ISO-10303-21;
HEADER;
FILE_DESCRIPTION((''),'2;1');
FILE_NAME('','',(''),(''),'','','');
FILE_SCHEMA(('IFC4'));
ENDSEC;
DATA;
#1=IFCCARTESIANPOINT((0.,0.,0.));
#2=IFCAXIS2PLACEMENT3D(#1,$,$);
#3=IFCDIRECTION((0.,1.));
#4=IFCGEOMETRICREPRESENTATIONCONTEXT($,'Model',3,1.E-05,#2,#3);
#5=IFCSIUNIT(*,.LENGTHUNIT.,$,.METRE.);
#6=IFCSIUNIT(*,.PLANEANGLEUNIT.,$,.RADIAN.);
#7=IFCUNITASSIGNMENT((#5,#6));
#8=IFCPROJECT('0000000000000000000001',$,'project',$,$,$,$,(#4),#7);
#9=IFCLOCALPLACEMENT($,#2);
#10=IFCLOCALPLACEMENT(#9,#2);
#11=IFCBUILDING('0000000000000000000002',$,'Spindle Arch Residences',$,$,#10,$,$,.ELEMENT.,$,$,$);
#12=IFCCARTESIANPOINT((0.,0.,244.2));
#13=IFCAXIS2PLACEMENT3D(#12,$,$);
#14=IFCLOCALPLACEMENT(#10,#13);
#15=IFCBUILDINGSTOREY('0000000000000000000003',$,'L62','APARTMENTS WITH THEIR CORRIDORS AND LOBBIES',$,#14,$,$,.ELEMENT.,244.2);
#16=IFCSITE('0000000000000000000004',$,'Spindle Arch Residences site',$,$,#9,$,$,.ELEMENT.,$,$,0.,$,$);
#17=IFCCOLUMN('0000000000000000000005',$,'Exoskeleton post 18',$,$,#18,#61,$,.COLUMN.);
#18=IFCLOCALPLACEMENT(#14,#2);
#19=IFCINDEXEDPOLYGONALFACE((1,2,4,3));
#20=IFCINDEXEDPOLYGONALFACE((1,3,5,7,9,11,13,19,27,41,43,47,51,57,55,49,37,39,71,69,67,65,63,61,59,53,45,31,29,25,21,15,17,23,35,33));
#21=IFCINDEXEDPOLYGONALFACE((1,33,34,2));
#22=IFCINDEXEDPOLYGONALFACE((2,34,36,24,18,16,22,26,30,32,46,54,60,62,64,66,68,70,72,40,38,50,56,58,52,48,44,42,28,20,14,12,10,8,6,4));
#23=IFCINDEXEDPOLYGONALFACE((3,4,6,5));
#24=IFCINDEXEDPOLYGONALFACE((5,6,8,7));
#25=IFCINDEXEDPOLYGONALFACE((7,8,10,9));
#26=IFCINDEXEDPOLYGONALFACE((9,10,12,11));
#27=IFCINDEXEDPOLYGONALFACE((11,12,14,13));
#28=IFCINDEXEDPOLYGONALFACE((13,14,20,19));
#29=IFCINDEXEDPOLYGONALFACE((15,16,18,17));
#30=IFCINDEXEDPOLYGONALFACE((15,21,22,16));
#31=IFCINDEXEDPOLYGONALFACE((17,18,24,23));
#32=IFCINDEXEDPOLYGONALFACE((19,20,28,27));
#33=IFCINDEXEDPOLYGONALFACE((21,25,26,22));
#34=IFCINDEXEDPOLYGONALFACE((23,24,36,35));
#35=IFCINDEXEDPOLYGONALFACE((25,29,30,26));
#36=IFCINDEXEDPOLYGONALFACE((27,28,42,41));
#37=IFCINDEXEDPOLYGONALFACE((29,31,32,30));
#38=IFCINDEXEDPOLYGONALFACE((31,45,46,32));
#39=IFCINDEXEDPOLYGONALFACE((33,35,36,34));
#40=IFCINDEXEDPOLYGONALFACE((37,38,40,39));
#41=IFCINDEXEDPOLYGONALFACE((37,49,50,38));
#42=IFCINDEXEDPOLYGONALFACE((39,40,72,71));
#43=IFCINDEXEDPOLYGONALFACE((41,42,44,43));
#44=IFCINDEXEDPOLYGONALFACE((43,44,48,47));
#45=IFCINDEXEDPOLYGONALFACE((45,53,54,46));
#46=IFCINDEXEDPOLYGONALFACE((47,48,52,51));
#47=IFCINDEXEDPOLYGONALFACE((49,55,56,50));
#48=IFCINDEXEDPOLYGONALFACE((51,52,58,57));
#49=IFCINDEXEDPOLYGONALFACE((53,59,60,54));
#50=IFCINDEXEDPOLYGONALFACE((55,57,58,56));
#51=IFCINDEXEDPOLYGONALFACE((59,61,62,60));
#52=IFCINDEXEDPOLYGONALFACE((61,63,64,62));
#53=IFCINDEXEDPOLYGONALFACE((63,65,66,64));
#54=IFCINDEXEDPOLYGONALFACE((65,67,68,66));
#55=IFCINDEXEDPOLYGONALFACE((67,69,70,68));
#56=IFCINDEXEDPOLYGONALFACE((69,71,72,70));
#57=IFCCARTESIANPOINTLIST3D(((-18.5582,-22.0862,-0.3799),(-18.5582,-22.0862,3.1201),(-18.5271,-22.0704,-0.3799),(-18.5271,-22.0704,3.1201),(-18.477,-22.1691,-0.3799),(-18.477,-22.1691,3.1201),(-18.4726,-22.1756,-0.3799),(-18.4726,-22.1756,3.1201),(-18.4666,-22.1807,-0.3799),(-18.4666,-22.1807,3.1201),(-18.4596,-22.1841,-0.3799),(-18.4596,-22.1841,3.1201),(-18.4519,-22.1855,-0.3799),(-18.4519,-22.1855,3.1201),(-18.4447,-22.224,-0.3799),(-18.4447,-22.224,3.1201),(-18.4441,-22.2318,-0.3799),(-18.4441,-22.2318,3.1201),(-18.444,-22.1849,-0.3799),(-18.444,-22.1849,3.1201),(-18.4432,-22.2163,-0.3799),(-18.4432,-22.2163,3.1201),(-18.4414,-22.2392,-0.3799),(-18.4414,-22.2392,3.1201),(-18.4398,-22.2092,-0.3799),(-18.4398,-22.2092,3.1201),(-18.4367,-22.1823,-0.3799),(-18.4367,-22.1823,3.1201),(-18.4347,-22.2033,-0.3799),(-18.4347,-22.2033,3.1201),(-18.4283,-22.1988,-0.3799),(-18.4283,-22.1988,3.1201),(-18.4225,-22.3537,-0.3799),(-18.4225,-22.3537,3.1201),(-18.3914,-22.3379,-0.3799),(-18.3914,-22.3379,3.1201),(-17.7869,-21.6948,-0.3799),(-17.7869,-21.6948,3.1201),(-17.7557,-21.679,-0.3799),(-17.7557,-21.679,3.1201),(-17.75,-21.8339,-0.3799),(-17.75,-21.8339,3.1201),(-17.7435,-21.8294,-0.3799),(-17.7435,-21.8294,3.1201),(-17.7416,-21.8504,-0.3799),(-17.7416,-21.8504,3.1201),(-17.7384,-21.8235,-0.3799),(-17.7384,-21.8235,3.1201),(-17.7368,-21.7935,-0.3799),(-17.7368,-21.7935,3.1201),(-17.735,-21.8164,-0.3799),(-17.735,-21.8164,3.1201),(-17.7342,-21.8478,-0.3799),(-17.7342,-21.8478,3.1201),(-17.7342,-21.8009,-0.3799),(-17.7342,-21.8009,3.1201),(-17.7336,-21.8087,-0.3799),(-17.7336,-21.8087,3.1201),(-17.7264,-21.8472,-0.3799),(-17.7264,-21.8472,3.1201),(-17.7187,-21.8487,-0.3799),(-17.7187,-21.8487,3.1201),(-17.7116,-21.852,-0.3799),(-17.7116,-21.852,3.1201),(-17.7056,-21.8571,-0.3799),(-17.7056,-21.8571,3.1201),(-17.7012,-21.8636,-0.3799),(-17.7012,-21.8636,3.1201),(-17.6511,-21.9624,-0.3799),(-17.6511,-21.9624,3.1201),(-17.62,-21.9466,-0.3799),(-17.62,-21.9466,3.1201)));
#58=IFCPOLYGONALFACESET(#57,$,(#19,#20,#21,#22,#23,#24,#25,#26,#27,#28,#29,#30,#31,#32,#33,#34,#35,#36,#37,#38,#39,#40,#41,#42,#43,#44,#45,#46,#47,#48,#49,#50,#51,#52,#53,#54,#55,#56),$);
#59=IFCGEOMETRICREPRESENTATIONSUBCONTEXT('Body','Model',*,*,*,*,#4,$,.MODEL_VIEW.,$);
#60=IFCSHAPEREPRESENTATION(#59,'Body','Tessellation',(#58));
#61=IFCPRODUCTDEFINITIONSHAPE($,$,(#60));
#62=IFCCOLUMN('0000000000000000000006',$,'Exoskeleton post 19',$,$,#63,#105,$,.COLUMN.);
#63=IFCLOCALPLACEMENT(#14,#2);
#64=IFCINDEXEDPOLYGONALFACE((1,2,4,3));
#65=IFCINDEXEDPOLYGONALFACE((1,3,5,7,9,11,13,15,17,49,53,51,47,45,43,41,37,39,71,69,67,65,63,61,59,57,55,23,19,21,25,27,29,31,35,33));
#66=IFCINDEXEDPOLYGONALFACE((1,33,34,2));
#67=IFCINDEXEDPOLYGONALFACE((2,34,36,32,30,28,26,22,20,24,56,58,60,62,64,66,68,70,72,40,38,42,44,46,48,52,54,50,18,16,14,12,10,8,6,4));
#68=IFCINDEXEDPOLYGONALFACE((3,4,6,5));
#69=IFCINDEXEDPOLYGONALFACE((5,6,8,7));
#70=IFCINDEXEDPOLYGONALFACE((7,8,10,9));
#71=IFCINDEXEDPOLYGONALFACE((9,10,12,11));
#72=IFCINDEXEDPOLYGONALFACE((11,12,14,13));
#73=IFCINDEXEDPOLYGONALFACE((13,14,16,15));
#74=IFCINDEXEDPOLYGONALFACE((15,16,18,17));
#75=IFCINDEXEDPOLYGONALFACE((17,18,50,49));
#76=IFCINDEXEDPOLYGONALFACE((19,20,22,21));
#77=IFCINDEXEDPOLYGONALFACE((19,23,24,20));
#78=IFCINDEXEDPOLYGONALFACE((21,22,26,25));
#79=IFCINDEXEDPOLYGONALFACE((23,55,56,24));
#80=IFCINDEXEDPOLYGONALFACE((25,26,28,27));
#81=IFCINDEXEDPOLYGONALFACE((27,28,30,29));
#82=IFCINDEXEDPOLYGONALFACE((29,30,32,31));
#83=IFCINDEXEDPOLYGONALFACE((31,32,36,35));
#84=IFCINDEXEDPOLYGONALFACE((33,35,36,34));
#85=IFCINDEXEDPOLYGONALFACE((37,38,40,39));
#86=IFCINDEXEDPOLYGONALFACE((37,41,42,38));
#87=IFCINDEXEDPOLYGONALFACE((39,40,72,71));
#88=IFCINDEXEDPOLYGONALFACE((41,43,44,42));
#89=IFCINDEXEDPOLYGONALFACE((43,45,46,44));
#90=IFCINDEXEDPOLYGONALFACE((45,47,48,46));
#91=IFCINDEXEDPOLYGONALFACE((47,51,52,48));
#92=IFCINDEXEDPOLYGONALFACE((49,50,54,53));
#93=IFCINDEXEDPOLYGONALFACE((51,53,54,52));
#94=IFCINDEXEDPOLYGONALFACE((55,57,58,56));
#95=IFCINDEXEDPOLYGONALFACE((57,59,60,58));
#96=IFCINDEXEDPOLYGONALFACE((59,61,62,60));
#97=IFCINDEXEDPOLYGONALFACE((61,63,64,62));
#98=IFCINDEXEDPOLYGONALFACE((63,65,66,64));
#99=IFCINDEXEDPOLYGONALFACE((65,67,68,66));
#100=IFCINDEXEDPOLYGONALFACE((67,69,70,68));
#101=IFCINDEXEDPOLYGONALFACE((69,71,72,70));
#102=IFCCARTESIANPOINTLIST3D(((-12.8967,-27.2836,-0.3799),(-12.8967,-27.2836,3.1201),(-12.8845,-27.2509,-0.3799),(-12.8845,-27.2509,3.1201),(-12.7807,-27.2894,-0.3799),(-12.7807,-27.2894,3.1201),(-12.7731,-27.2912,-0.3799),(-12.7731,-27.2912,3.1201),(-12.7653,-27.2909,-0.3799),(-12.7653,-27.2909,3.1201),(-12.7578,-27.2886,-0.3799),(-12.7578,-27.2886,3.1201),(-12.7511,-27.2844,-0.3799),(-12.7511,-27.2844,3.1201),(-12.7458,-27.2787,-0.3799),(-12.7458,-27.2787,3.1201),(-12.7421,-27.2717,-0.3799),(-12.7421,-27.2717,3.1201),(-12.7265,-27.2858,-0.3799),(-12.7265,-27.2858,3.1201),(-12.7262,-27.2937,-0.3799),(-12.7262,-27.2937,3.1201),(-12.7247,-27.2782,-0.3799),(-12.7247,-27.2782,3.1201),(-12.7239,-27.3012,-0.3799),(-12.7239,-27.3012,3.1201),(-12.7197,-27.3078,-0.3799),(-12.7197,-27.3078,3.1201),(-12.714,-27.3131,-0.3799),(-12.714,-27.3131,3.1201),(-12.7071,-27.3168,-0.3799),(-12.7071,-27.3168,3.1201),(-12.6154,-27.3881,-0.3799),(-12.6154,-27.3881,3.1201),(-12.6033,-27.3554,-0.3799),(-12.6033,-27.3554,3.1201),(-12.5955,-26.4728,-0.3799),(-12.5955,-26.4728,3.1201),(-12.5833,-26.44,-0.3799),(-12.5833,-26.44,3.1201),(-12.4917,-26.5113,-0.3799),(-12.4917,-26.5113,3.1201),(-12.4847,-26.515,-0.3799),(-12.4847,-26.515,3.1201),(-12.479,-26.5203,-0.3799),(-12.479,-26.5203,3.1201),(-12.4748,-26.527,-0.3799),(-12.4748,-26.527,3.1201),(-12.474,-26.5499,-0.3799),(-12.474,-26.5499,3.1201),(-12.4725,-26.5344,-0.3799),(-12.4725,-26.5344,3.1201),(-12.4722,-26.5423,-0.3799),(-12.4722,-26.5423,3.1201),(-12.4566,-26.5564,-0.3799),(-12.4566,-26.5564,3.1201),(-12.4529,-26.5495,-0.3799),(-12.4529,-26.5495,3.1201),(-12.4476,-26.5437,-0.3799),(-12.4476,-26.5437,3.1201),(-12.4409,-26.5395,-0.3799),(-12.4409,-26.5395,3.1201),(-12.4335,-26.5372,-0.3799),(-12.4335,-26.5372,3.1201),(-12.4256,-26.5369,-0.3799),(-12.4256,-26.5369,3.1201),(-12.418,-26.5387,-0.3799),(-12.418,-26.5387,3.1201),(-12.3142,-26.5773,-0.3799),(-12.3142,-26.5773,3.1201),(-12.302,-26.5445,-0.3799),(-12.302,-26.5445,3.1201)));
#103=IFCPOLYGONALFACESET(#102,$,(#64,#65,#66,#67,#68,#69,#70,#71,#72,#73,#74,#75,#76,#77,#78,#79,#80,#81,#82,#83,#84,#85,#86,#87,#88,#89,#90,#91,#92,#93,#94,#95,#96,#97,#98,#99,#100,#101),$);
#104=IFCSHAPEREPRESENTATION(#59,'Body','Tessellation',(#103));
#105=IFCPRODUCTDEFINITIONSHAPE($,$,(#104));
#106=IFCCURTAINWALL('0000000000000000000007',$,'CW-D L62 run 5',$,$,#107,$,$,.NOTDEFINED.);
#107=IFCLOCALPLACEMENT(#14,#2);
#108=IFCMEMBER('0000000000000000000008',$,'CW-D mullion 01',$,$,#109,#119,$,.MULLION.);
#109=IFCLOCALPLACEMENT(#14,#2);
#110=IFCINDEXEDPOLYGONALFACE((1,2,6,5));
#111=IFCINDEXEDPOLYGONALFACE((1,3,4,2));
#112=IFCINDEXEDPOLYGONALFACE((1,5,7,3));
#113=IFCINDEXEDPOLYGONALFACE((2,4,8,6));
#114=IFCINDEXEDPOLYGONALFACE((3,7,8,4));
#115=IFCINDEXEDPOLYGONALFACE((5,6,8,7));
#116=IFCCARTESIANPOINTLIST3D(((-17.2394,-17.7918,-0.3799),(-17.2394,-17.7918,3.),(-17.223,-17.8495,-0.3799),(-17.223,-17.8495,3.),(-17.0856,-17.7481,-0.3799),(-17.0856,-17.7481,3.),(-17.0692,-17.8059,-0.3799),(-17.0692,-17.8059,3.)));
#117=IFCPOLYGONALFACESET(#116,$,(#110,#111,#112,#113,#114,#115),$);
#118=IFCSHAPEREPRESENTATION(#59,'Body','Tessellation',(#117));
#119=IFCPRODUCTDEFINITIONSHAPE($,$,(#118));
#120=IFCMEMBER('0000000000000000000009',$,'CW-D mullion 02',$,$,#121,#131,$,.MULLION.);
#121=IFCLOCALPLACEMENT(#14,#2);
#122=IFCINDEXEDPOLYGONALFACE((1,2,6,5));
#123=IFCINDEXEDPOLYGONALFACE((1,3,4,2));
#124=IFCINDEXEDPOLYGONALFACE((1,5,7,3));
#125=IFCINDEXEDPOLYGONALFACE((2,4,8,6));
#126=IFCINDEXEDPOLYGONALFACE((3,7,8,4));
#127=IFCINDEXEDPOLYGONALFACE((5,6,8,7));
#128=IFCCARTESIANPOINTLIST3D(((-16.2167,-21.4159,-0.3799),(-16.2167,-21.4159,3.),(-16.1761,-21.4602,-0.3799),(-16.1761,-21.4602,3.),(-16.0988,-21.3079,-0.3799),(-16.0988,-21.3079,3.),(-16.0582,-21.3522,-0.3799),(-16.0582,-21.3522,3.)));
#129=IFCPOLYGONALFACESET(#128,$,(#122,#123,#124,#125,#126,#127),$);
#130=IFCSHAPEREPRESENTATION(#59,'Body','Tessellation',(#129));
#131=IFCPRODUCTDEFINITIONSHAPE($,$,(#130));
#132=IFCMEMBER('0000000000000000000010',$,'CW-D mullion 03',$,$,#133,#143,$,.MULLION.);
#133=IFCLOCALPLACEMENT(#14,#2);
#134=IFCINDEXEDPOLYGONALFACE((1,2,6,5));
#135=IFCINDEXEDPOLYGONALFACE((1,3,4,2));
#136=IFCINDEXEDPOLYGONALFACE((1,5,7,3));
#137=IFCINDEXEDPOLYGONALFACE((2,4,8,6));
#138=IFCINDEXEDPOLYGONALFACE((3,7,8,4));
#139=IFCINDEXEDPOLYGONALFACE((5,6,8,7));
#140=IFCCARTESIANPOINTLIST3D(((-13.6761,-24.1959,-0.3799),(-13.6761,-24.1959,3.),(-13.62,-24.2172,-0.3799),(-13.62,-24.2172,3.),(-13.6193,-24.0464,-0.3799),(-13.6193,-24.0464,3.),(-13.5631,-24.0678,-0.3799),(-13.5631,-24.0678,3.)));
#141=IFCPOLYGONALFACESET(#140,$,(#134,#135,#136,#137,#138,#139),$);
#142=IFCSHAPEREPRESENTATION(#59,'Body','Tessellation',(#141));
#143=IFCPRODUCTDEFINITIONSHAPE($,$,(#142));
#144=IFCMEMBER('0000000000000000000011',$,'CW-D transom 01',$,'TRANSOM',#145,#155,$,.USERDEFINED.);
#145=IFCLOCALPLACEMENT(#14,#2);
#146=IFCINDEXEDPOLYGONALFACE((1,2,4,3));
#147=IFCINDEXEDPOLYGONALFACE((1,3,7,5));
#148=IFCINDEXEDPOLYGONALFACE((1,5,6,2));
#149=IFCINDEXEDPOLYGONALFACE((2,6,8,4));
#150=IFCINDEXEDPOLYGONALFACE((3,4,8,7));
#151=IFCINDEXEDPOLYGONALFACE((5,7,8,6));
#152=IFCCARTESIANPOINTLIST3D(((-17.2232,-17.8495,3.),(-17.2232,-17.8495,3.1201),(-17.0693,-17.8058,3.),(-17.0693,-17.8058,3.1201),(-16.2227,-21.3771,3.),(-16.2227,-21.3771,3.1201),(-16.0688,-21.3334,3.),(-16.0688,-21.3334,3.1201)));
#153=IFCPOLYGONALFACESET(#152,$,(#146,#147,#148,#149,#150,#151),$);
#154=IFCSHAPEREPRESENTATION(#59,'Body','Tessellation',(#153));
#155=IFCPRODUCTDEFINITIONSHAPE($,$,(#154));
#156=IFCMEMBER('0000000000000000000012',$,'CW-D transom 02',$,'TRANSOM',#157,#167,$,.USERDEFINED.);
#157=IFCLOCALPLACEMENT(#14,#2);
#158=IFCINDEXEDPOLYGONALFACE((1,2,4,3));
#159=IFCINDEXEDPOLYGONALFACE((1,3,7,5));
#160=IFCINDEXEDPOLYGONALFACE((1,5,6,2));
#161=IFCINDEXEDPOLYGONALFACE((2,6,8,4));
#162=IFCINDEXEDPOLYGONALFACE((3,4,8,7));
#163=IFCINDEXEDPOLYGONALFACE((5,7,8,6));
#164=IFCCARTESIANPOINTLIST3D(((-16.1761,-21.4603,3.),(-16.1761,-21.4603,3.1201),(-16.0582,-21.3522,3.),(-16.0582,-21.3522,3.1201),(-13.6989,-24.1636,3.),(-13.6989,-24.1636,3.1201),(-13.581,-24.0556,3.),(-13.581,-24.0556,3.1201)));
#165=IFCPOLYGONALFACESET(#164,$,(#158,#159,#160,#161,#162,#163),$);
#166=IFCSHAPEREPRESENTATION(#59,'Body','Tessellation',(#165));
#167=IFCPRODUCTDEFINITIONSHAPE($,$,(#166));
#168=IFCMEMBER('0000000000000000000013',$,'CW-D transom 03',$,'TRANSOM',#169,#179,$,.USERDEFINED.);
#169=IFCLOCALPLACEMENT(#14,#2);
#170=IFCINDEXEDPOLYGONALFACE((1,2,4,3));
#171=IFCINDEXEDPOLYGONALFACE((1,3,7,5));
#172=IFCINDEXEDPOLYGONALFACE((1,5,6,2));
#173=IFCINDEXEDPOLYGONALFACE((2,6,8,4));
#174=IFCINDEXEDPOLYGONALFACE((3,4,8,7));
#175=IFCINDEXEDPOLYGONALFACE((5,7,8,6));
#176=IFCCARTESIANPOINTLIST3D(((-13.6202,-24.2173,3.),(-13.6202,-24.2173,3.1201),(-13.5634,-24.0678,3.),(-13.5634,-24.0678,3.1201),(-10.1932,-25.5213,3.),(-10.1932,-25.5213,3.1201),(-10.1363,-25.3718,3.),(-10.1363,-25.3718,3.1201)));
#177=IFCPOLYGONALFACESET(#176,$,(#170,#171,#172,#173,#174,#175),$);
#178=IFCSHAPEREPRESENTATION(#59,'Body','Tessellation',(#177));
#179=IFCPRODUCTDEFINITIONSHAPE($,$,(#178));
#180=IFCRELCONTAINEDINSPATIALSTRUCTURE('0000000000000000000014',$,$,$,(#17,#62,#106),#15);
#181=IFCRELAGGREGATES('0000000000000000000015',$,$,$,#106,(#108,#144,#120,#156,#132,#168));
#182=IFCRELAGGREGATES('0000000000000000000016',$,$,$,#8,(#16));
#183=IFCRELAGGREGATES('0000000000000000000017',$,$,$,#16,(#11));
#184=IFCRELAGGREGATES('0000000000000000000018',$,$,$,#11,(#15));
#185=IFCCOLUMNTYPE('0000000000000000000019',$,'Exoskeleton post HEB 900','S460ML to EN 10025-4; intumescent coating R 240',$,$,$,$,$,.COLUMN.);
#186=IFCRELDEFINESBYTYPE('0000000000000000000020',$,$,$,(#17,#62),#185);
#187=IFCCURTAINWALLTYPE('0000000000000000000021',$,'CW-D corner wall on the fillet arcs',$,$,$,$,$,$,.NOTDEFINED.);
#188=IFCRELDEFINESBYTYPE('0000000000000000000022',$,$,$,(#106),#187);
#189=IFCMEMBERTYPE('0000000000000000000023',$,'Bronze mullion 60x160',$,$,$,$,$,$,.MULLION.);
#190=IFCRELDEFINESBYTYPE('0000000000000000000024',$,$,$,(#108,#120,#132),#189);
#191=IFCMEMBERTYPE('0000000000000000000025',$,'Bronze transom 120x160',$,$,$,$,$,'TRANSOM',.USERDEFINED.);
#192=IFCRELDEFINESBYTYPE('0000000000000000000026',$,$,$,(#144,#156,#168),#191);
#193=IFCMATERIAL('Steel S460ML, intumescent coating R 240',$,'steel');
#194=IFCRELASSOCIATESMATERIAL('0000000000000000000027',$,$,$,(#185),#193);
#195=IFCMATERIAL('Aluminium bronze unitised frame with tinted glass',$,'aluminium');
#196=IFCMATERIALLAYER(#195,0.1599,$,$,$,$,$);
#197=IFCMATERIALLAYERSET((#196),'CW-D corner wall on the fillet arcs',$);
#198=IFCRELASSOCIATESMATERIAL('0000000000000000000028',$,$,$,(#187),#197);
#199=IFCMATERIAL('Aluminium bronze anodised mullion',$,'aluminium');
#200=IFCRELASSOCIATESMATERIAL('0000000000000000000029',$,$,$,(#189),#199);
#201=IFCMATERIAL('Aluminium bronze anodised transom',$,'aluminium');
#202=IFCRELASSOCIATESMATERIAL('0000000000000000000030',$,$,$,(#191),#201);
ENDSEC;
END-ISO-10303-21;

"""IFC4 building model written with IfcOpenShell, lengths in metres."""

from ifc_helpers import new_model, si_unit, direction, frame, origin, origin_2d, place, context, subcontext, project, spatial, rectangle, i_section, extrude, material, layer, layer_set, material_profile, profile_set, type_object, element, aggregate, save


model = new_model("IFC4")

# Units and contexts
model_context = context("Model", 3, precision=1e-05, world=origin(), true_north=direction((0.0, 1.0)))
body_context = subcontext(model_context, "Body", "Model", "MODEL_VIEW")
ifc_project = project(units=[si_unit("LENGTHUNIT", "METRE"), si_unit("PLANEANGLEUNIT", "RADIAN")], contexts=[model_context])

# Site, building, storey
site_placement = place(None, origin())
site = spatial("IfcSite", under=ifc_project, at=site_placement, Name="Spindle Arch Residences site", CompositionType="ELEMENT", RefElevation=0.0)
building_placement = place(site_placement, origin())
building = spatial("IfcBuilding", under=site, at=building_placement, Name="Spindle Arch Residences", CompositionType="ELEMENT")
storey_placement = place(building_placement, frame((0.0, 0.0, 244.2)))
storey = spatial("IfcBuildingStorey", under=building, at=storey_placement, Name="L62", Description="APARTMENTS WITH THEIR CORRIDORS AND LOBBIES", CompositionType="ELEMENT", Elevation=244.2)

# Columns
ifc_material_1 = material(Name="Steel S460ML, intumescent coating R 240", Category="steel")
ifc_material_profile_1 = material_profile(ifc_material_1, i_section(OverallWidth=0.3, OverallDepth=0.8999, WebThickness=0.0186, FlangeThickness=0.0349, FilletRadius=0.03, at=origin_2d()), Name="HEB 900")
ifc_profile_set_1 = profile_set([ifc_material_profile_1], Name="Steel S460ML, intumescent coating R 240")
column_type = type_object("IfcColumnType", Name="Exoskeleton post HEB 900", Description="S460ML to EN 10025-4; intumescent coating R 240", PredefinedType="COLUMN", material=ifc_profile_set_1)
for number, where, z_axis, x_axis, name in (
    (1, (-18.0891, -22.0164, -0.3799), (0.0, 0.0, 1.0), (-0.452474, 0.891778, 0.0), "Exoskeleton post 18"),
    (2, (-12.5994, -26.9141, -0.3799), (0.0, 0.0, 1.0), (-0.937401, 0.348253, 0.0), "Exoskeleton post 19"),
):
    element("IfcColumn", number, at=place(storey_placement, frame(where, z_axis=z_axis, x_axis=x_axis)), inside=storey, type_object=column_type, Name=name, PredefinedType="COLUMN", context=body_context, shape_type="SweptSolid", body=[
        extrude(i_section(OverallWidth=0.3, OverallDepth=0.8999, WebThickness=0.0186, FlangeThickness=0.0349, FilletRadius=0.03, at=origin_2d()), origin(), (0.0, 0.0, 1.0), 3.5),
    ])

# Curtain wall, members
ifc_material_2 = material(Name="Aluminium bronze unitised frame with tinted glass", Category="aluminium")
ifc_layer_1 = layer(ifc_material_2, 0.1599)
ifc_layer_set_1 = layer_set([ifc_layer_1], Name="CW-D corner wall on the fillet arcs")
curtain_wall_type = type_object("IfcCurtainWallType", Name="CW-D corner wall on the fillet arcs", PredefinedType="NOTDEFINED", material=ifc_layer_set_1)
curtain_wall_placement = place(storey_placement, origin())
curtain_wall = element("IfcCurtainWall", 3, at=curtain_wall_placement, inside=storey, type_object=curtain_wall_type, Name="CW-D L62 run 5", PredefinedType="NOTDEFINED")
ifc_material_3 = material(Name="Aluminium bronze anodised mullion", Category="aluminium")
ifc_material_profile_2 = material_profile(ifc_material_3, rectangle(XDim=0.1599, YDim=0.0601, at=origin_2d()), Name="MU 60x160")
ifc_profile_set_2 = profile_set([ifc_material_profile_2], Name="Aluminium bronze anodised mullion")
member_type_1 = type_object("IfcMemberType", Name="Bronze mullion 60x160", PredefinedType="MULLION", material=ifc_profile_set_2)
member_1_placement = place(storey_placement, frame((-17.1543, -17.7988, -0.3799), z_axis=(0.0, 0.0, 1.0), x_axis=(0.962059, 0.27284, 0.0)))
member_1 = element("IfcMember", 4, at=member_1_placement, type_object=member_type_1, Name="CW-D mullion 01", PredefinedType="MULLION", context=body_context, shape_type="SweptSolid", body=[
    extrude(rectangle(XDim=0.1599, YDim=0.0601, at=origin_2d()), origin(), (0.0, 0.0, 1.0), 3.3799),
])
member_2_placement = place(storey_placement, frame((-16.1375, -21.384, -0.3799), z_axis=(0.0, 0.0, 1.0), x_axis=(0.737277, 0.67559, 0.0)))
member_2 = element("IfcMember", 5, at=member_2_placement, type_object=member_type_1, Name="CW-D mullion 02", PredefinedType="MULLION", context=body_context, shape_type="SweptSolid", body=[
    extrude(rectangle(XDim=0.1599, YDim=0.0601, at=origin_2d()), origin(), (0.0, 0.0, 1.0), 3.3799),
])
member_3_placement = place(storey_placement, frame((-13.6196, -24.1318, -0.3799), z_axis=(0.0, 0.0, 1.0), x_axis=(0.355651, 0.934619, 0.0)))
member_3 = element("IfcMember", 6, at=member_3_placement, type_object=member_type_1, Name="CW-D mullion 03", PredefinedType="MULLION", context=body_context, shape_type="SweptSolid", body=[
    extrude(rectangle(XDim=0.1599, YDim=0.0601, at=origin_2d()), origin(), (0.0, 0.0, 1.0), 3.3799),
])
ifc_material_4 = material(Name="Aluminium bronze anodised transom", Category="aluminium")
ifc_material_profile_3 = material_profile(ifc_material_4, rectangle(XDim=0.1599, YDim=0.1201, at=origin_2d()), Name="TR 120x160")
ifc_profile_set_3 = profile_set([ifc_material_profile_3], Name="Aluminium bronze anodised transom")
member_type_2 = type_object("IfcMemberType", Name="Bronze transom 120x160", ElementType="TRANSOM", PredefinedType="USERDEFINED", material=ifc_profile_set_3)
member_4_placement = place(storey_placement, frame((-17.1462, -17.8276, 3.0601), z_axis=(0.272856, -0.962055, 0.0), x_axis=(0.962055, 0.272856, 0.0)))
member_4 = element("IfcMember", 7, at=member_4_placement, type_object=member_type_2, Name="CW-D transom 01", ObjectType="TRANSOM", PredefinedType="USERDEFINED", context=body_context, shape_type="SweptSolid", body=[
    extrude(rectangle(XDim=0.1599, YDim=0.1201, at=origin_2d()), origin(), (0.0, 0.0, 1.0), 3.6667),
])
member_5_placement = place(storey_placement, frame((-16.1172, -21.4062, 3.0601), z_axis=(0.675607, -0.737262, 0.0), x_axis=(0.737262, 0.675607, 0.0)))
member_5 = element("IfcMember", 8, at=member_5_placement, type_object=member_type_2, Name="CW-D transom 02", ObjectType="TRANSOM", PredefinedType="USERDEFINED", context=body_context, shape_type="SweptSolid", body=[
    extrude(rectangle(XDim=0.1599, YDim=0.1201, at=origin_2d()), origin(), (0.0, 0.0, 1.0), 3.6667),
])
member_6_placement = place(storey_placement, frame((-13.5918, -24.1426, 3.0601), z_axis=(0.93463, -0.355622, 0.0), x_axis=(0.355622, 0.93463, 0.0)))
member_6 = element("IfcMember", 9, at=member_6_placement, type_object=member_type_2, Name="CW-D transom 03", ObjectType="TRANSOM", PredefinedType="USERDEFINED", context=body_context, shape_type="SweptSolid", body=[
    extrude(rectangle(XDim=0.1599, YDim=0.1201, at=origin_2d()), origin(), (0.0, 0.0, 1.0), 3.6667),
])

aggregate(curtain_wall, [member_1, member_4, member_2, member_5, member_3, member_6])

save(model, "model.ifc")
